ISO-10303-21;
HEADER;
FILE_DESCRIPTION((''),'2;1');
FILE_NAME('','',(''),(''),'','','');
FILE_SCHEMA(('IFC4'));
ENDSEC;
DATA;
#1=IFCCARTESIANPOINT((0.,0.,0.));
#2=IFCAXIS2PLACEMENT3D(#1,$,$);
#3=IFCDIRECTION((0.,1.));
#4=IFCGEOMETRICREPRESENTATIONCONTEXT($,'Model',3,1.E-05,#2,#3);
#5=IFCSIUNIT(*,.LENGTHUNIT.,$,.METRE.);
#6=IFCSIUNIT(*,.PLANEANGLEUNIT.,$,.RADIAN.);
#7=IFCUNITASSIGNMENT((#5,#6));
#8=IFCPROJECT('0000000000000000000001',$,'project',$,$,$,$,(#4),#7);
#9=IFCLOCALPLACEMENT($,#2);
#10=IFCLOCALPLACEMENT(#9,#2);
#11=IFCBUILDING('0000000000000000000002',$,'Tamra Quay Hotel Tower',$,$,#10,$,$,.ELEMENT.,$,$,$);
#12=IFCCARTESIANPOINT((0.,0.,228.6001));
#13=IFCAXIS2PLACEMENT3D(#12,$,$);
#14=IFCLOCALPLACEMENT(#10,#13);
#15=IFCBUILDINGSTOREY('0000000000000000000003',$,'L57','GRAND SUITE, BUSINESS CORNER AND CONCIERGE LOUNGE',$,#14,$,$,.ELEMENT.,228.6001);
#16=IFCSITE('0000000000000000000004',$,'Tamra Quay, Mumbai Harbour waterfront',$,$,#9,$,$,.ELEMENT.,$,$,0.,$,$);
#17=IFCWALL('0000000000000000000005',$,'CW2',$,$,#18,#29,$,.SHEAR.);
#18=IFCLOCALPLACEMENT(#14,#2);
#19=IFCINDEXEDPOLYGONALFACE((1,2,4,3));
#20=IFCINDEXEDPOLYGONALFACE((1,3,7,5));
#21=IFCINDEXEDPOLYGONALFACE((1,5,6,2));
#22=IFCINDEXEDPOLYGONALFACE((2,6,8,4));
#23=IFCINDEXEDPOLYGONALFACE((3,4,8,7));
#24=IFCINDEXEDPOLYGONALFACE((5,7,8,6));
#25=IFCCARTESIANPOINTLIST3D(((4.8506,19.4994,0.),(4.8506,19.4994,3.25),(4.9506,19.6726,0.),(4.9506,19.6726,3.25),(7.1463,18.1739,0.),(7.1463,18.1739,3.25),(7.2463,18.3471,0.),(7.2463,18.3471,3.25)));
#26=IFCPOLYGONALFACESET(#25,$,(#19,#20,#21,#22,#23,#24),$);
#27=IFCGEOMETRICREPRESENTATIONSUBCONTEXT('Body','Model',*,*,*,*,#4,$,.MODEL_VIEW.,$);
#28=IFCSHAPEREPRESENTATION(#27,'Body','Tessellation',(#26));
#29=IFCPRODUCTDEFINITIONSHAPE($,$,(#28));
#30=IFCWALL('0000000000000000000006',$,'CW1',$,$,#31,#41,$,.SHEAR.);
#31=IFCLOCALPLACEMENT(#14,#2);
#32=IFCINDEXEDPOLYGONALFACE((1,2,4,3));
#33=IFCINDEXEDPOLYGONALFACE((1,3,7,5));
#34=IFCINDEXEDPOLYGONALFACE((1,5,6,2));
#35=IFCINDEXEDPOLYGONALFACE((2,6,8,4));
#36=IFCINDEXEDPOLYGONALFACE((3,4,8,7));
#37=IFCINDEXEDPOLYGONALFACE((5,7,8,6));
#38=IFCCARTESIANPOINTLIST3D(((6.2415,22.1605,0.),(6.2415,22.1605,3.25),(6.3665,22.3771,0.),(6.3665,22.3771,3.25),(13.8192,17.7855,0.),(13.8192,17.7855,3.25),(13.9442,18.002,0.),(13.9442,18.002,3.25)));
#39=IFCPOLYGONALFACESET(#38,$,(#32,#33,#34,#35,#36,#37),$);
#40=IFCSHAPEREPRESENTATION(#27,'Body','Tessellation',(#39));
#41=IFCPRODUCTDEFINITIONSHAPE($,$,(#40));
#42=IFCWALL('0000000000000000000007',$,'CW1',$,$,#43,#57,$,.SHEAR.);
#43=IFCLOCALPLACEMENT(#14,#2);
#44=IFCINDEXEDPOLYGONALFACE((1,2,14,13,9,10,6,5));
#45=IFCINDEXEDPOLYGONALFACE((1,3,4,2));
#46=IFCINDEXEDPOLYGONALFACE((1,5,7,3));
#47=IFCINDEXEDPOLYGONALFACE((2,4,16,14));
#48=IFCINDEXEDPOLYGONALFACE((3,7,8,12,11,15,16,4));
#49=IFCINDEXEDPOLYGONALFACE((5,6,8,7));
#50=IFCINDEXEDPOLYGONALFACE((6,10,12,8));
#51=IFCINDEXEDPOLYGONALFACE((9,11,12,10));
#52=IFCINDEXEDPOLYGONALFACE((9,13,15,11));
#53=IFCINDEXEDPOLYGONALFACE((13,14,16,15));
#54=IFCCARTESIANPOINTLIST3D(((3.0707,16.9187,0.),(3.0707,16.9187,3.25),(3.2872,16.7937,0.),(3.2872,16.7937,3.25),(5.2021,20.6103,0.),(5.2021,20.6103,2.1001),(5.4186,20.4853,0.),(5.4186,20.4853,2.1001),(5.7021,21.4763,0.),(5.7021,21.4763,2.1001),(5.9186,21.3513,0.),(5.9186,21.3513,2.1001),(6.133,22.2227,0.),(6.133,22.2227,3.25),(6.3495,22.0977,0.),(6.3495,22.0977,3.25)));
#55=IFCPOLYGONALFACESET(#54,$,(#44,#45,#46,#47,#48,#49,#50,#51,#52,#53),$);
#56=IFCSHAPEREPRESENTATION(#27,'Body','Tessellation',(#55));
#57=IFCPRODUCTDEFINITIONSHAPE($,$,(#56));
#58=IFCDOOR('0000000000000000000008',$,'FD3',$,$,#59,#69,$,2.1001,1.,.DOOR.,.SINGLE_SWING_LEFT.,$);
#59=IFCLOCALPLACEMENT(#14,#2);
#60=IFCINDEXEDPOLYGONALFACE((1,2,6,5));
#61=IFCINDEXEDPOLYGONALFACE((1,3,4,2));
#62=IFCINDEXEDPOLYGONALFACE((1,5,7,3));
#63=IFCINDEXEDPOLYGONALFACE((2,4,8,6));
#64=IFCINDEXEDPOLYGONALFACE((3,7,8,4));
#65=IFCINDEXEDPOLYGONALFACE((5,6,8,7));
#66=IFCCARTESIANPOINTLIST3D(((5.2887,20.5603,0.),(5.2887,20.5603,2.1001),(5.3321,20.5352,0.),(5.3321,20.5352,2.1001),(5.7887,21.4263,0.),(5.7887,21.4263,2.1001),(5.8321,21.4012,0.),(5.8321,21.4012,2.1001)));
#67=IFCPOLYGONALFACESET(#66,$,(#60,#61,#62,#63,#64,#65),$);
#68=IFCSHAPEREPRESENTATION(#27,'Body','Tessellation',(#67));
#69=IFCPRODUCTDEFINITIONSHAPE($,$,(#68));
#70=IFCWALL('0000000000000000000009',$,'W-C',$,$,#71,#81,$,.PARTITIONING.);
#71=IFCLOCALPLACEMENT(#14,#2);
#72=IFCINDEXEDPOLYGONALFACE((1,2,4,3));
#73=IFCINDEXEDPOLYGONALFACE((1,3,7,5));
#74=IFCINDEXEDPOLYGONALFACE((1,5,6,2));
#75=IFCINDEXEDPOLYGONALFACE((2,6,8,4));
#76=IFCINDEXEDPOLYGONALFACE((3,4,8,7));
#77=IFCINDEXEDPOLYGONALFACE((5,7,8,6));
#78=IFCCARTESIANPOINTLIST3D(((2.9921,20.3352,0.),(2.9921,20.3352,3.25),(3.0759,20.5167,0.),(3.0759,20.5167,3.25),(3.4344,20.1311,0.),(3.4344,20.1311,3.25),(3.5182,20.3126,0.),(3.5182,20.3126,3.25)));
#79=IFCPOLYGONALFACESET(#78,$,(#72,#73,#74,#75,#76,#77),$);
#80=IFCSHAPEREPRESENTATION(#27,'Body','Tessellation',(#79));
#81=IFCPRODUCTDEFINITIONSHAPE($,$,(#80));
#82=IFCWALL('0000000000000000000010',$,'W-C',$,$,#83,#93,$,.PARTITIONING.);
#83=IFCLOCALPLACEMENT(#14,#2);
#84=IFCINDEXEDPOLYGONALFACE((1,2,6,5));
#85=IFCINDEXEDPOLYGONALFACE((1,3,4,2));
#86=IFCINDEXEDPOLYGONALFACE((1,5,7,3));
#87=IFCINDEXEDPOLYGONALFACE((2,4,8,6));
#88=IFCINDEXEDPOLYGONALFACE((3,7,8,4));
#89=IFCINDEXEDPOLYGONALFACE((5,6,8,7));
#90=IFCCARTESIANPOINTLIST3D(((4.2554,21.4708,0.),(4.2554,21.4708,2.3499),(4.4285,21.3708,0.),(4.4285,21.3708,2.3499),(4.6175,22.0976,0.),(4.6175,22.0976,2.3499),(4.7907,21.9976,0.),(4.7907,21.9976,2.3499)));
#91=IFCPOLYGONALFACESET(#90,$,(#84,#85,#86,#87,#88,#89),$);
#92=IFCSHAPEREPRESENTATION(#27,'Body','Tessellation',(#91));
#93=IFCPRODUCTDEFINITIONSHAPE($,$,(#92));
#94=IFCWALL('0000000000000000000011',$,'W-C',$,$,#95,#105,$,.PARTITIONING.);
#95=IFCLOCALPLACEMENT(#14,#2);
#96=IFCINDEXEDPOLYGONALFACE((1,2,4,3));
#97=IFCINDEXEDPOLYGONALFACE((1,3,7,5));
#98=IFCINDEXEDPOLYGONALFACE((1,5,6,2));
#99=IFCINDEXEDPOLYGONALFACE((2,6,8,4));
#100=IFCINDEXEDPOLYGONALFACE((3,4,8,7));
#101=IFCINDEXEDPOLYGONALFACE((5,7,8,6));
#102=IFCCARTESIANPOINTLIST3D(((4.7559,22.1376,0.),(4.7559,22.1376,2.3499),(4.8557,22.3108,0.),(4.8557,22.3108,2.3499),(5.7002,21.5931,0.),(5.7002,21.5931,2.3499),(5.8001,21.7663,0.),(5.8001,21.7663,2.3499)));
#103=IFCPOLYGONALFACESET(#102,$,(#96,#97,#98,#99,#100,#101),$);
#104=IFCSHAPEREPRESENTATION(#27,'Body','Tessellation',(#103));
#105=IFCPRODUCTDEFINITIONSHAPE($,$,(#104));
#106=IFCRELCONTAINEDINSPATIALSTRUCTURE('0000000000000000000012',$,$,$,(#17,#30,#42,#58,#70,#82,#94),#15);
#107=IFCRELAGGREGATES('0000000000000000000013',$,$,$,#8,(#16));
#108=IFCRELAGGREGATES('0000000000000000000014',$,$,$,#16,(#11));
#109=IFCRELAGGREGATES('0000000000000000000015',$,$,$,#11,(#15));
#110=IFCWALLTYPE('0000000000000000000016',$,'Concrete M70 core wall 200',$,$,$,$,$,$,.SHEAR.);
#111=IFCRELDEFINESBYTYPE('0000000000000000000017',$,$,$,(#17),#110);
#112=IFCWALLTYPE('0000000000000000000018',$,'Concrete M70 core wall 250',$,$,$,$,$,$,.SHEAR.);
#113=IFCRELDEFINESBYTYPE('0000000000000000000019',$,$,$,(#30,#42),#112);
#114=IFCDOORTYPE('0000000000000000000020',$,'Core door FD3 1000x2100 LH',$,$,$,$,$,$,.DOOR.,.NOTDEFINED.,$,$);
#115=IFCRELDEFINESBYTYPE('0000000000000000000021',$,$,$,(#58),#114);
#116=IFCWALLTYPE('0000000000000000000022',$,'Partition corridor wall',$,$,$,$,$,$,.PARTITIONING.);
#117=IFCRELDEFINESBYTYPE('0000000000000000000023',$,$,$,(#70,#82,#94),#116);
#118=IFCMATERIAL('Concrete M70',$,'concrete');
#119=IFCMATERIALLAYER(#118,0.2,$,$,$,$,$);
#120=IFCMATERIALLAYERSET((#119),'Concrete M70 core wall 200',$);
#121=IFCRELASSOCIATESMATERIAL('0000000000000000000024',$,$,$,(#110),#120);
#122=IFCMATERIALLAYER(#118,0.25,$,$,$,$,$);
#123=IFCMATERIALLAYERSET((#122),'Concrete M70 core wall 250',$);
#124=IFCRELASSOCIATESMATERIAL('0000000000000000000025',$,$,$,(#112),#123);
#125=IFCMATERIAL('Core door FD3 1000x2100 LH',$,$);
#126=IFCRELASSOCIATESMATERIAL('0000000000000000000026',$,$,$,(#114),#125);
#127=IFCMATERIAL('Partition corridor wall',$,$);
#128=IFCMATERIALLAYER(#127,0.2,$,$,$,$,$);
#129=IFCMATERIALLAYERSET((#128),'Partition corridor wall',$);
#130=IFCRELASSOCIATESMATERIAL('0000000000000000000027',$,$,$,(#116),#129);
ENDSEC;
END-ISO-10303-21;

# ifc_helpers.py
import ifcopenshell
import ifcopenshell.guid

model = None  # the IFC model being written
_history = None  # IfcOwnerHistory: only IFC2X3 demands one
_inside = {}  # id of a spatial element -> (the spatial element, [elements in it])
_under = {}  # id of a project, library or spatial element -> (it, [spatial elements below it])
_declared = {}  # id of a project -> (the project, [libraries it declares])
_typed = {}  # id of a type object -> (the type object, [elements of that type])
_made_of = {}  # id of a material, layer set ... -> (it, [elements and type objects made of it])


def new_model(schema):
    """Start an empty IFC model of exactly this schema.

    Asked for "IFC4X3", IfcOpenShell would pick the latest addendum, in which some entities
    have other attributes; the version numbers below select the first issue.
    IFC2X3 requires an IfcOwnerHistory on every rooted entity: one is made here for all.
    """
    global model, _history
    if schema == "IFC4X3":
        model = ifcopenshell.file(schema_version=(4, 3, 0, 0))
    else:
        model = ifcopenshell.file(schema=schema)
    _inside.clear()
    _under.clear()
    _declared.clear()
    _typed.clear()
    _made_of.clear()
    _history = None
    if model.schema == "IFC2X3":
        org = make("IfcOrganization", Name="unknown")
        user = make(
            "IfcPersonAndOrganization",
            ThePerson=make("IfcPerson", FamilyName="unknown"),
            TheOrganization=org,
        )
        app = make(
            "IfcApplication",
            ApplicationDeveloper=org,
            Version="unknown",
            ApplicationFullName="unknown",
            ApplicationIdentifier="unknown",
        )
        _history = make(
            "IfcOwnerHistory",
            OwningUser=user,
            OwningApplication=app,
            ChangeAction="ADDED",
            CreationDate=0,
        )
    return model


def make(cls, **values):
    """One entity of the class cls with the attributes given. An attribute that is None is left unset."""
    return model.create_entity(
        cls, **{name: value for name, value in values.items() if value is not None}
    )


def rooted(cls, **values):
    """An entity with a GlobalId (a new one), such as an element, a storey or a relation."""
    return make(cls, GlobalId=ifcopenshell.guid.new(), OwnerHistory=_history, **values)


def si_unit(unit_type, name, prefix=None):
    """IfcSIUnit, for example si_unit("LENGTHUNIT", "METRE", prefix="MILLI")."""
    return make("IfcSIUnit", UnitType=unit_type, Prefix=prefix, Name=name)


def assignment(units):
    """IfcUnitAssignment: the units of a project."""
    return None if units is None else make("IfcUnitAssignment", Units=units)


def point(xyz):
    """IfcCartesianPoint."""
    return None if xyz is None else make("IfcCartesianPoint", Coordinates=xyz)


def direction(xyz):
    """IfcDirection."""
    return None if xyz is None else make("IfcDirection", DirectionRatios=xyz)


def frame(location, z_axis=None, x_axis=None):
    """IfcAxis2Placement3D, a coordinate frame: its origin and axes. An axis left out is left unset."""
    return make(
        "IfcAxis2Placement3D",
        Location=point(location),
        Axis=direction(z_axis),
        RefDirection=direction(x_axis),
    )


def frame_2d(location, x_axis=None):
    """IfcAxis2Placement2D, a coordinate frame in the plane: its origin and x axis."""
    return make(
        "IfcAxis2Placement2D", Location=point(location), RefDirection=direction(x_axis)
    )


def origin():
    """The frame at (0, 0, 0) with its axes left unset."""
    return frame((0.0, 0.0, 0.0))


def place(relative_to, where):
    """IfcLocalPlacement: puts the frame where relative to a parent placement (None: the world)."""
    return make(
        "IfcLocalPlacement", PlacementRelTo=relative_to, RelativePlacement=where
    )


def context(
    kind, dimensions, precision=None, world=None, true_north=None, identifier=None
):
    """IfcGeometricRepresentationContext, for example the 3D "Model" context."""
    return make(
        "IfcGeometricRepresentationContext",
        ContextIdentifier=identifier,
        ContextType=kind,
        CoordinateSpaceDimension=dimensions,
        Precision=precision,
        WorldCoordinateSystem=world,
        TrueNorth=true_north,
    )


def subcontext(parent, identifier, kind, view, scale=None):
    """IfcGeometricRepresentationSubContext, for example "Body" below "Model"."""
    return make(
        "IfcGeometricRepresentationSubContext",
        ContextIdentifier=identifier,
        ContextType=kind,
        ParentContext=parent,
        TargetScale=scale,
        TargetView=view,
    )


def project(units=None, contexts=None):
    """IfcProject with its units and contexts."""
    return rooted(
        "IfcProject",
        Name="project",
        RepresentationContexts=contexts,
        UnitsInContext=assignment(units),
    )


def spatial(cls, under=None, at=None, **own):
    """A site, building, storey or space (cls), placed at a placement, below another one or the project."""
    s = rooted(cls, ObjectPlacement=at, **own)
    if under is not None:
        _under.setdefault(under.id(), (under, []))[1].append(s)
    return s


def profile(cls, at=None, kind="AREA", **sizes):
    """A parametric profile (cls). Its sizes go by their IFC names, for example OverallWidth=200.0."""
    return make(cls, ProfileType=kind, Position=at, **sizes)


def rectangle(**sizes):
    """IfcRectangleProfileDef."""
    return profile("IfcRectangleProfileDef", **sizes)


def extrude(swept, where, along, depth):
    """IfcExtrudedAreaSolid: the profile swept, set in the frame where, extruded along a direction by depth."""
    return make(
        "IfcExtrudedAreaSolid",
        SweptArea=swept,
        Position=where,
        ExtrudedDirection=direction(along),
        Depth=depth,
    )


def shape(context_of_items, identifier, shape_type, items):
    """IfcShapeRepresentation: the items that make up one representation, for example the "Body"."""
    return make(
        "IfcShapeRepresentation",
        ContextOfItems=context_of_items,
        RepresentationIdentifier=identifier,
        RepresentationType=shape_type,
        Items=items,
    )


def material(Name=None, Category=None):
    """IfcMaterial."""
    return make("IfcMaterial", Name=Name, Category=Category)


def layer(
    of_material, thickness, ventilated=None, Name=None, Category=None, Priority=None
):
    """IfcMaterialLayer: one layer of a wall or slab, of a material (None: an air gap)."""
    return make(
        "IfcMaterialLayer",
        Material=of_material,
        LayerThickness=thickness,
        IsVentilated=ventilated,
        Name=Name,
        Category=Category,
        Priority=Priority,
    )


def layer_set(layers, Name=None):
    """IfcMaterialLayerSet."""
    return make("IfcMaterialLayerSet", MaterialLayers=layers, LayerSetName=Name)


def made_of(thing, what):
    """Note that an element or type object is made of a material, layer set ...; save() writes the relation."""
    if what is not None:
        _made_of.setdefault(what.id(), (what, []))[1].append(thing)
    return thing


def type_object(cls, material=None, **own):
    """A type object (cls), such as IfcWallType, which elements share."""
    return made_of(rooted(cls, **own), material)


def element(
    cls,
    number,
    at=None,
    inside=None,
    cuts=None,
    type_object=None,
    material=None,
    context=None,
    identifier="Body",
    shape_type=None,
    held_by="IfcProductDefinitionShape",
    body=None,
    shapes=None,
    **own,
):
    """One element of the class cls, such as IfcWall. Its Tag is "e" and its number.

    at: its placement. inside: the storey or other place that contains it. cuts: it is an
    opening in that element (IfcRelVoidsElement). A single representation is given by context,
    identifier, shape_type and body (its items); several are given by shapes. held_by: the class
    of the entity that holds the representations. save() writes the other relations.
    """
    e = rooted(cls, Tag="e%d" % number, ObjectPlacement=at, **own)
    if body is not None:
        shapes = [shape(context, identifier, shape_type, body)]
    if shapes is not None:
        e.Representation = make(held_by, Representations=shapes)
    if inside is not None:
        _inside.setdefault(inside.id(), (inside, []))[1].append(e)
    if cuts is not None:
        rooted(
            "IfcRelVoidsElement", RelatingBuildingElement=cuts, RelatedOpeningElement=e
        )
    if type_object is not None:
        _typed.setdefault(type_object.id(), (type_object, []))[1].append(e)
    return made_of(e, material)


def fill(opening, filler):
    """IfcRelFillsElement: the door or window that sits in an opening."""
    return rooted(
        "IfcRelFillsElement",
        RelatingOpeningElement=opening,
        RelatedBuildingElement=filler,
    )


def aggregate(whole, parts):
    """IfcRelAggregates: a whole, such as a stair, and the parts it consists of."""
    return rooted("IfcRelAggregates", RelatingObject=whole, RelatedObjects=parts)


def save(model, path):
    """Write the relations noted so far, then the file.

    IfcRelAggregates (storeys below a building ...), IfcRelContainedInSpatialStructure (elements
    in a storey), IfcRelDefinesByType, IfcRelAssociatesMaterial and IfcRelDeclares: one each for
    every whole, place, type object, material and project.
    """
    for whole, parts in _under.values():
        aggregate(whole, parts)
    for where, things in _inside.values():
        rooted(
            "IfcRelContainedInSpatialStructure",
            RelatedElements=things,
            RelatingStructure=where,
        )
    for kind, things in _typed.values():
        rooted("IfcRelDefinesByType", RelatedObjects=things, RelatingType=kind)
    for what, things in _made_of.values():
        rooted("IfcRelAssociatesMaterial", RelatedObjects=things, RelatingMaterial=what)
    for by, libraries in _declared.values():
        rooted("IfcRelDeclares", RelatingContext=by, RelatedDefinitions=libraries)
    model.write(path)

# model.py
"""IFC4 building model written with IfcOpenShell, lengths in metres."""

from ifc_helpers import new_model, si_unit, direction, frame, frame_2d, origin, place, context, subcontext, project, spatial, rectangle, extrude, material, layer, layer_set, type_object, element, fill, save


model = new_model("IFC4")

# Units and contexts
model_context = context("Model", 3, precision=1e-05, world=origin(), true_north=direction((0.0, 1.0)))
body_context = subcontext(model_context, "Body", "Model", "MODEL_VIEW")
ifc_project = project(units=[si_unit("LENGTHUNIT", "METRE"), si_unit("PLANEANGLEUNIT", "RADIAN")], contexts=[model_context])

# Site, building, storey
site_placement = place(None, origin())
site = spatial("IfcSite", under=ifc_project, at=site_placement, Name="Tamra Quay, Mumbai Harbour waterfront", CompositionType="ELEMENT", RefElevation=0.0)
building_placement = place(site_placement, origin())
building = spatial("IfcBuilding", under=site, at=building_placement, Name="Tamra Quay Hotel Tower", CompositionType="ELEMENT")
storey_placement = place(building_placement, frame((0.0, 0.0, 228.6001)))
storey = spatial("IfcBuildingStorey", under=building, at=storey_placement, Name="L57", Description="GRAND SUITE, BUSINESS CORNER AND CONCIERGE LOUNGE", CompositionType="ELEMENT", Elevation=228.6001)

# Shared definitions
ifc_material_1 = material(Name="Concrete M70", Category="concrete")

# Shared definitions
ifc_layer_1 = layer(ifc_material_1, 0.2)
ifc_layer_set_1 = layer_set([ifc_layer_1], Name="Concrete M70 core wall 200")
wall_type_1 = type_object("IfcWallType", Name="Concrete M70 core wall 200", PredefinedType="SHEAR", material=ifc_layer_set_1)

# Walls
wall_1_placement = place(storey_placement, frame((7.1963, 18.2605, 0.0), z_axis=(0.0, 0.0, 1.0), x_axis=(-0.866018, 0.500012, 0.0)))
element("IfcWall", 1, at=wall_1_placement, inside=storey, type_object=wall_type_1, Name="CW2", PredefinedType="SHEAR", context=body_context, shape_type="SweptSolid", body=[
    extrude(rectangle(XDim=2.6509, YDim=0.2, at=frame_2d((1.3254, 0.0))), origin(), (0.0, 0.0, 1.0), 3.25),
])
ifc_layer_2 = layer(ifc_material_1, 0.25)
ifc_layer_set_2 = layer_set([ifc_layer_2], Name="Concrete M70 core wall 250")
wall_type_2 = type_object("IfcWallType", Name="Concrete M70 core wall 250", PredefinedType="SHEAR", material=ifc_layer_set_2)
wall_2_placement = place(storey_placement, frame((6.304, 22.2688, 0.0), z_axis=(0.0, 0.0, 1.0), x_axis=(0.866023, -0.500004, 0.0)))
element("IfcWall", 2, at=wall_2_placement, inside=storey, type_object=wall_type_2, Name="CW1", PredefinedType="SHEAR", context=body_context, shape_type="SweptSolid", body=[
    extrude(rectangle(XDim=8.75, YDim=0.25, at=frame_2d((4.375, 0.0))), origin(), (0.0, 0.0, 1.0), 3.25),
])

# Wall, opening, door
wall_3_placement = place(storey_placement, frame((3.179, 16.8562, 0.0), z_axis=(0.0, 0.0, 1.0), x_axis=(0.500002, 0.866024, 0.0)))
wall_3 = element("IfcWall", 3, at=wall_3_placement, inside=storey, type_object=wall_type_2, Name="CW1", PredefinedType="SHEAR", context=body_context, shape_type="SweptSolid", body=[
    extrude(rectangle(XDim=6.1245, YDim=0.25, at=frame_2d((3.0623, 0.0))), origin(), (0.0, 0.0, 1.0), 3.25),
])
opening_1_placement = place(wall_3_placement, frame((4.2627, 0.0, 0.0)))
opening_1 = element("IfcOpeningElement", 4, at=opening_1_placement, cuts=wall_3, PredefinedType="OPENING", context=body_context, shape_type="SweptSolid", body=[
    extrude(rectangle(XDim=1.0, YDim=2.1001, at=frame_2d((0.5, 1.05))), frame((0.0, 0.135, 0.0), z_axis=(0.0, -1.0, 0.0), x_axis=(1.0, 0.0, 0.0)), (0.0, 0.0, 1.0), 0.27),
])
ifc_material_2 = material(Name="Core door FD3 1000x2100 LH")
door_type_1 = type_object("IfcDoorType", Name="Core door FD3 1000x2100 LH", OperationType="NOTDEFINED", PredefinedType="DOOR", material=ifc_material_2)
door_1_placement = place(opening_1_placement, origin())
door_1 = element("IfcDoor", 5, at=door_1_placement, inside=storey, type_object=door_type_1, Name="FD3", OperationType="SINGLE_SWING_LEFT", OverallHeight=2.1001, OverallWidth=1.0, PredefinedType="DOOR", context=body_context, shape_type="SweptSolid", body=[
    extrude(rectangle(XDim=1.0, YDim=2.1001, at=frame_2d((0.5, 1.05))), frame((0.0, 0.0249, 0.0), z_axis=(0.0, -1.0, 0.0), x_axis=(1.0, 0.0, 0.0)), (0.0, 0.0, 1.0), 0.05),
])
fill(opening_1, door_1)

# Walls
ifc_material_3 = material(Name="Partition corridor wall")
ifc_layer_3 = layer(ifc_material_3, 0.2)
ifc_layer_set_3 = layer_set([ifc_layer_3], Name="Partition corridor wall")
wall_type_3 = type_object("IfcWallType", Name="Partition corridor wall", PredefinedType="PARTITIONING", material=ifc_layer_set_3)
wall_4_placement = place(storey_placement, frame((3.0339, 20.426, 0.0), z_axis=(0.0, 0.0, 1.0), x_axis=(0.90793, -0.419122, 0.0)))
element("IfcWall", 6, at=wall_4_placement, inside=storey, type_object=wall_type_3, Name="W-C", PredefinedType="PARTITIONING", context=body_context, shape_type="SweptSolid", body=[
    extrude(rectangle(XDim=0.4871, YDim=0.2, at=frame_2d((0.2437, 0.0))), origin(), (0.0, 0.0, 1.0), 3.25),
])
wall_5_placement = place(storey_placement, frame((4.342, 21.4209, 0.0), z_axis=(0.0, 0.0, 1.0), x_axis=(0.500238, 0.865888, 0.0)))
element("IfcWall", 7, at=wall_5_placement, inside=storey, type_object=wall_type_3, Name="W-C", PredefinedType="PARTITIONING", context=body_context, shape_type="SweptSolid", body=[
    extrude(rectangle(XDim=0.7239, YDim=0.2, at=frame_2d((0.3618, 0.0))), origin(), (0.0, 0.0, 1.0), 2.3499),
])
wall_6_placement = place(storey_placement, frame((4.8059, 22.2241, 0.0), z_axis=(0.0, 0.0, 1.0), x_axis=(0.866335, -0.499464, 0.0)))
element("IfcWall", 8, at=wall_6_placement, inside=storey, type_object=wall_type_3, Name="W-C", PredefinedType="PARTITIONING", context=body_context, shape_type="SweptSolid", body=[
    extrude(rectangle(XDim=1.0901, YDim=0.2, at=frame_2d((0.5449, 0.0))), origin(), (0.0, 0.0, 1.0), 2.3499),
])

save(model, "model.ifc")
